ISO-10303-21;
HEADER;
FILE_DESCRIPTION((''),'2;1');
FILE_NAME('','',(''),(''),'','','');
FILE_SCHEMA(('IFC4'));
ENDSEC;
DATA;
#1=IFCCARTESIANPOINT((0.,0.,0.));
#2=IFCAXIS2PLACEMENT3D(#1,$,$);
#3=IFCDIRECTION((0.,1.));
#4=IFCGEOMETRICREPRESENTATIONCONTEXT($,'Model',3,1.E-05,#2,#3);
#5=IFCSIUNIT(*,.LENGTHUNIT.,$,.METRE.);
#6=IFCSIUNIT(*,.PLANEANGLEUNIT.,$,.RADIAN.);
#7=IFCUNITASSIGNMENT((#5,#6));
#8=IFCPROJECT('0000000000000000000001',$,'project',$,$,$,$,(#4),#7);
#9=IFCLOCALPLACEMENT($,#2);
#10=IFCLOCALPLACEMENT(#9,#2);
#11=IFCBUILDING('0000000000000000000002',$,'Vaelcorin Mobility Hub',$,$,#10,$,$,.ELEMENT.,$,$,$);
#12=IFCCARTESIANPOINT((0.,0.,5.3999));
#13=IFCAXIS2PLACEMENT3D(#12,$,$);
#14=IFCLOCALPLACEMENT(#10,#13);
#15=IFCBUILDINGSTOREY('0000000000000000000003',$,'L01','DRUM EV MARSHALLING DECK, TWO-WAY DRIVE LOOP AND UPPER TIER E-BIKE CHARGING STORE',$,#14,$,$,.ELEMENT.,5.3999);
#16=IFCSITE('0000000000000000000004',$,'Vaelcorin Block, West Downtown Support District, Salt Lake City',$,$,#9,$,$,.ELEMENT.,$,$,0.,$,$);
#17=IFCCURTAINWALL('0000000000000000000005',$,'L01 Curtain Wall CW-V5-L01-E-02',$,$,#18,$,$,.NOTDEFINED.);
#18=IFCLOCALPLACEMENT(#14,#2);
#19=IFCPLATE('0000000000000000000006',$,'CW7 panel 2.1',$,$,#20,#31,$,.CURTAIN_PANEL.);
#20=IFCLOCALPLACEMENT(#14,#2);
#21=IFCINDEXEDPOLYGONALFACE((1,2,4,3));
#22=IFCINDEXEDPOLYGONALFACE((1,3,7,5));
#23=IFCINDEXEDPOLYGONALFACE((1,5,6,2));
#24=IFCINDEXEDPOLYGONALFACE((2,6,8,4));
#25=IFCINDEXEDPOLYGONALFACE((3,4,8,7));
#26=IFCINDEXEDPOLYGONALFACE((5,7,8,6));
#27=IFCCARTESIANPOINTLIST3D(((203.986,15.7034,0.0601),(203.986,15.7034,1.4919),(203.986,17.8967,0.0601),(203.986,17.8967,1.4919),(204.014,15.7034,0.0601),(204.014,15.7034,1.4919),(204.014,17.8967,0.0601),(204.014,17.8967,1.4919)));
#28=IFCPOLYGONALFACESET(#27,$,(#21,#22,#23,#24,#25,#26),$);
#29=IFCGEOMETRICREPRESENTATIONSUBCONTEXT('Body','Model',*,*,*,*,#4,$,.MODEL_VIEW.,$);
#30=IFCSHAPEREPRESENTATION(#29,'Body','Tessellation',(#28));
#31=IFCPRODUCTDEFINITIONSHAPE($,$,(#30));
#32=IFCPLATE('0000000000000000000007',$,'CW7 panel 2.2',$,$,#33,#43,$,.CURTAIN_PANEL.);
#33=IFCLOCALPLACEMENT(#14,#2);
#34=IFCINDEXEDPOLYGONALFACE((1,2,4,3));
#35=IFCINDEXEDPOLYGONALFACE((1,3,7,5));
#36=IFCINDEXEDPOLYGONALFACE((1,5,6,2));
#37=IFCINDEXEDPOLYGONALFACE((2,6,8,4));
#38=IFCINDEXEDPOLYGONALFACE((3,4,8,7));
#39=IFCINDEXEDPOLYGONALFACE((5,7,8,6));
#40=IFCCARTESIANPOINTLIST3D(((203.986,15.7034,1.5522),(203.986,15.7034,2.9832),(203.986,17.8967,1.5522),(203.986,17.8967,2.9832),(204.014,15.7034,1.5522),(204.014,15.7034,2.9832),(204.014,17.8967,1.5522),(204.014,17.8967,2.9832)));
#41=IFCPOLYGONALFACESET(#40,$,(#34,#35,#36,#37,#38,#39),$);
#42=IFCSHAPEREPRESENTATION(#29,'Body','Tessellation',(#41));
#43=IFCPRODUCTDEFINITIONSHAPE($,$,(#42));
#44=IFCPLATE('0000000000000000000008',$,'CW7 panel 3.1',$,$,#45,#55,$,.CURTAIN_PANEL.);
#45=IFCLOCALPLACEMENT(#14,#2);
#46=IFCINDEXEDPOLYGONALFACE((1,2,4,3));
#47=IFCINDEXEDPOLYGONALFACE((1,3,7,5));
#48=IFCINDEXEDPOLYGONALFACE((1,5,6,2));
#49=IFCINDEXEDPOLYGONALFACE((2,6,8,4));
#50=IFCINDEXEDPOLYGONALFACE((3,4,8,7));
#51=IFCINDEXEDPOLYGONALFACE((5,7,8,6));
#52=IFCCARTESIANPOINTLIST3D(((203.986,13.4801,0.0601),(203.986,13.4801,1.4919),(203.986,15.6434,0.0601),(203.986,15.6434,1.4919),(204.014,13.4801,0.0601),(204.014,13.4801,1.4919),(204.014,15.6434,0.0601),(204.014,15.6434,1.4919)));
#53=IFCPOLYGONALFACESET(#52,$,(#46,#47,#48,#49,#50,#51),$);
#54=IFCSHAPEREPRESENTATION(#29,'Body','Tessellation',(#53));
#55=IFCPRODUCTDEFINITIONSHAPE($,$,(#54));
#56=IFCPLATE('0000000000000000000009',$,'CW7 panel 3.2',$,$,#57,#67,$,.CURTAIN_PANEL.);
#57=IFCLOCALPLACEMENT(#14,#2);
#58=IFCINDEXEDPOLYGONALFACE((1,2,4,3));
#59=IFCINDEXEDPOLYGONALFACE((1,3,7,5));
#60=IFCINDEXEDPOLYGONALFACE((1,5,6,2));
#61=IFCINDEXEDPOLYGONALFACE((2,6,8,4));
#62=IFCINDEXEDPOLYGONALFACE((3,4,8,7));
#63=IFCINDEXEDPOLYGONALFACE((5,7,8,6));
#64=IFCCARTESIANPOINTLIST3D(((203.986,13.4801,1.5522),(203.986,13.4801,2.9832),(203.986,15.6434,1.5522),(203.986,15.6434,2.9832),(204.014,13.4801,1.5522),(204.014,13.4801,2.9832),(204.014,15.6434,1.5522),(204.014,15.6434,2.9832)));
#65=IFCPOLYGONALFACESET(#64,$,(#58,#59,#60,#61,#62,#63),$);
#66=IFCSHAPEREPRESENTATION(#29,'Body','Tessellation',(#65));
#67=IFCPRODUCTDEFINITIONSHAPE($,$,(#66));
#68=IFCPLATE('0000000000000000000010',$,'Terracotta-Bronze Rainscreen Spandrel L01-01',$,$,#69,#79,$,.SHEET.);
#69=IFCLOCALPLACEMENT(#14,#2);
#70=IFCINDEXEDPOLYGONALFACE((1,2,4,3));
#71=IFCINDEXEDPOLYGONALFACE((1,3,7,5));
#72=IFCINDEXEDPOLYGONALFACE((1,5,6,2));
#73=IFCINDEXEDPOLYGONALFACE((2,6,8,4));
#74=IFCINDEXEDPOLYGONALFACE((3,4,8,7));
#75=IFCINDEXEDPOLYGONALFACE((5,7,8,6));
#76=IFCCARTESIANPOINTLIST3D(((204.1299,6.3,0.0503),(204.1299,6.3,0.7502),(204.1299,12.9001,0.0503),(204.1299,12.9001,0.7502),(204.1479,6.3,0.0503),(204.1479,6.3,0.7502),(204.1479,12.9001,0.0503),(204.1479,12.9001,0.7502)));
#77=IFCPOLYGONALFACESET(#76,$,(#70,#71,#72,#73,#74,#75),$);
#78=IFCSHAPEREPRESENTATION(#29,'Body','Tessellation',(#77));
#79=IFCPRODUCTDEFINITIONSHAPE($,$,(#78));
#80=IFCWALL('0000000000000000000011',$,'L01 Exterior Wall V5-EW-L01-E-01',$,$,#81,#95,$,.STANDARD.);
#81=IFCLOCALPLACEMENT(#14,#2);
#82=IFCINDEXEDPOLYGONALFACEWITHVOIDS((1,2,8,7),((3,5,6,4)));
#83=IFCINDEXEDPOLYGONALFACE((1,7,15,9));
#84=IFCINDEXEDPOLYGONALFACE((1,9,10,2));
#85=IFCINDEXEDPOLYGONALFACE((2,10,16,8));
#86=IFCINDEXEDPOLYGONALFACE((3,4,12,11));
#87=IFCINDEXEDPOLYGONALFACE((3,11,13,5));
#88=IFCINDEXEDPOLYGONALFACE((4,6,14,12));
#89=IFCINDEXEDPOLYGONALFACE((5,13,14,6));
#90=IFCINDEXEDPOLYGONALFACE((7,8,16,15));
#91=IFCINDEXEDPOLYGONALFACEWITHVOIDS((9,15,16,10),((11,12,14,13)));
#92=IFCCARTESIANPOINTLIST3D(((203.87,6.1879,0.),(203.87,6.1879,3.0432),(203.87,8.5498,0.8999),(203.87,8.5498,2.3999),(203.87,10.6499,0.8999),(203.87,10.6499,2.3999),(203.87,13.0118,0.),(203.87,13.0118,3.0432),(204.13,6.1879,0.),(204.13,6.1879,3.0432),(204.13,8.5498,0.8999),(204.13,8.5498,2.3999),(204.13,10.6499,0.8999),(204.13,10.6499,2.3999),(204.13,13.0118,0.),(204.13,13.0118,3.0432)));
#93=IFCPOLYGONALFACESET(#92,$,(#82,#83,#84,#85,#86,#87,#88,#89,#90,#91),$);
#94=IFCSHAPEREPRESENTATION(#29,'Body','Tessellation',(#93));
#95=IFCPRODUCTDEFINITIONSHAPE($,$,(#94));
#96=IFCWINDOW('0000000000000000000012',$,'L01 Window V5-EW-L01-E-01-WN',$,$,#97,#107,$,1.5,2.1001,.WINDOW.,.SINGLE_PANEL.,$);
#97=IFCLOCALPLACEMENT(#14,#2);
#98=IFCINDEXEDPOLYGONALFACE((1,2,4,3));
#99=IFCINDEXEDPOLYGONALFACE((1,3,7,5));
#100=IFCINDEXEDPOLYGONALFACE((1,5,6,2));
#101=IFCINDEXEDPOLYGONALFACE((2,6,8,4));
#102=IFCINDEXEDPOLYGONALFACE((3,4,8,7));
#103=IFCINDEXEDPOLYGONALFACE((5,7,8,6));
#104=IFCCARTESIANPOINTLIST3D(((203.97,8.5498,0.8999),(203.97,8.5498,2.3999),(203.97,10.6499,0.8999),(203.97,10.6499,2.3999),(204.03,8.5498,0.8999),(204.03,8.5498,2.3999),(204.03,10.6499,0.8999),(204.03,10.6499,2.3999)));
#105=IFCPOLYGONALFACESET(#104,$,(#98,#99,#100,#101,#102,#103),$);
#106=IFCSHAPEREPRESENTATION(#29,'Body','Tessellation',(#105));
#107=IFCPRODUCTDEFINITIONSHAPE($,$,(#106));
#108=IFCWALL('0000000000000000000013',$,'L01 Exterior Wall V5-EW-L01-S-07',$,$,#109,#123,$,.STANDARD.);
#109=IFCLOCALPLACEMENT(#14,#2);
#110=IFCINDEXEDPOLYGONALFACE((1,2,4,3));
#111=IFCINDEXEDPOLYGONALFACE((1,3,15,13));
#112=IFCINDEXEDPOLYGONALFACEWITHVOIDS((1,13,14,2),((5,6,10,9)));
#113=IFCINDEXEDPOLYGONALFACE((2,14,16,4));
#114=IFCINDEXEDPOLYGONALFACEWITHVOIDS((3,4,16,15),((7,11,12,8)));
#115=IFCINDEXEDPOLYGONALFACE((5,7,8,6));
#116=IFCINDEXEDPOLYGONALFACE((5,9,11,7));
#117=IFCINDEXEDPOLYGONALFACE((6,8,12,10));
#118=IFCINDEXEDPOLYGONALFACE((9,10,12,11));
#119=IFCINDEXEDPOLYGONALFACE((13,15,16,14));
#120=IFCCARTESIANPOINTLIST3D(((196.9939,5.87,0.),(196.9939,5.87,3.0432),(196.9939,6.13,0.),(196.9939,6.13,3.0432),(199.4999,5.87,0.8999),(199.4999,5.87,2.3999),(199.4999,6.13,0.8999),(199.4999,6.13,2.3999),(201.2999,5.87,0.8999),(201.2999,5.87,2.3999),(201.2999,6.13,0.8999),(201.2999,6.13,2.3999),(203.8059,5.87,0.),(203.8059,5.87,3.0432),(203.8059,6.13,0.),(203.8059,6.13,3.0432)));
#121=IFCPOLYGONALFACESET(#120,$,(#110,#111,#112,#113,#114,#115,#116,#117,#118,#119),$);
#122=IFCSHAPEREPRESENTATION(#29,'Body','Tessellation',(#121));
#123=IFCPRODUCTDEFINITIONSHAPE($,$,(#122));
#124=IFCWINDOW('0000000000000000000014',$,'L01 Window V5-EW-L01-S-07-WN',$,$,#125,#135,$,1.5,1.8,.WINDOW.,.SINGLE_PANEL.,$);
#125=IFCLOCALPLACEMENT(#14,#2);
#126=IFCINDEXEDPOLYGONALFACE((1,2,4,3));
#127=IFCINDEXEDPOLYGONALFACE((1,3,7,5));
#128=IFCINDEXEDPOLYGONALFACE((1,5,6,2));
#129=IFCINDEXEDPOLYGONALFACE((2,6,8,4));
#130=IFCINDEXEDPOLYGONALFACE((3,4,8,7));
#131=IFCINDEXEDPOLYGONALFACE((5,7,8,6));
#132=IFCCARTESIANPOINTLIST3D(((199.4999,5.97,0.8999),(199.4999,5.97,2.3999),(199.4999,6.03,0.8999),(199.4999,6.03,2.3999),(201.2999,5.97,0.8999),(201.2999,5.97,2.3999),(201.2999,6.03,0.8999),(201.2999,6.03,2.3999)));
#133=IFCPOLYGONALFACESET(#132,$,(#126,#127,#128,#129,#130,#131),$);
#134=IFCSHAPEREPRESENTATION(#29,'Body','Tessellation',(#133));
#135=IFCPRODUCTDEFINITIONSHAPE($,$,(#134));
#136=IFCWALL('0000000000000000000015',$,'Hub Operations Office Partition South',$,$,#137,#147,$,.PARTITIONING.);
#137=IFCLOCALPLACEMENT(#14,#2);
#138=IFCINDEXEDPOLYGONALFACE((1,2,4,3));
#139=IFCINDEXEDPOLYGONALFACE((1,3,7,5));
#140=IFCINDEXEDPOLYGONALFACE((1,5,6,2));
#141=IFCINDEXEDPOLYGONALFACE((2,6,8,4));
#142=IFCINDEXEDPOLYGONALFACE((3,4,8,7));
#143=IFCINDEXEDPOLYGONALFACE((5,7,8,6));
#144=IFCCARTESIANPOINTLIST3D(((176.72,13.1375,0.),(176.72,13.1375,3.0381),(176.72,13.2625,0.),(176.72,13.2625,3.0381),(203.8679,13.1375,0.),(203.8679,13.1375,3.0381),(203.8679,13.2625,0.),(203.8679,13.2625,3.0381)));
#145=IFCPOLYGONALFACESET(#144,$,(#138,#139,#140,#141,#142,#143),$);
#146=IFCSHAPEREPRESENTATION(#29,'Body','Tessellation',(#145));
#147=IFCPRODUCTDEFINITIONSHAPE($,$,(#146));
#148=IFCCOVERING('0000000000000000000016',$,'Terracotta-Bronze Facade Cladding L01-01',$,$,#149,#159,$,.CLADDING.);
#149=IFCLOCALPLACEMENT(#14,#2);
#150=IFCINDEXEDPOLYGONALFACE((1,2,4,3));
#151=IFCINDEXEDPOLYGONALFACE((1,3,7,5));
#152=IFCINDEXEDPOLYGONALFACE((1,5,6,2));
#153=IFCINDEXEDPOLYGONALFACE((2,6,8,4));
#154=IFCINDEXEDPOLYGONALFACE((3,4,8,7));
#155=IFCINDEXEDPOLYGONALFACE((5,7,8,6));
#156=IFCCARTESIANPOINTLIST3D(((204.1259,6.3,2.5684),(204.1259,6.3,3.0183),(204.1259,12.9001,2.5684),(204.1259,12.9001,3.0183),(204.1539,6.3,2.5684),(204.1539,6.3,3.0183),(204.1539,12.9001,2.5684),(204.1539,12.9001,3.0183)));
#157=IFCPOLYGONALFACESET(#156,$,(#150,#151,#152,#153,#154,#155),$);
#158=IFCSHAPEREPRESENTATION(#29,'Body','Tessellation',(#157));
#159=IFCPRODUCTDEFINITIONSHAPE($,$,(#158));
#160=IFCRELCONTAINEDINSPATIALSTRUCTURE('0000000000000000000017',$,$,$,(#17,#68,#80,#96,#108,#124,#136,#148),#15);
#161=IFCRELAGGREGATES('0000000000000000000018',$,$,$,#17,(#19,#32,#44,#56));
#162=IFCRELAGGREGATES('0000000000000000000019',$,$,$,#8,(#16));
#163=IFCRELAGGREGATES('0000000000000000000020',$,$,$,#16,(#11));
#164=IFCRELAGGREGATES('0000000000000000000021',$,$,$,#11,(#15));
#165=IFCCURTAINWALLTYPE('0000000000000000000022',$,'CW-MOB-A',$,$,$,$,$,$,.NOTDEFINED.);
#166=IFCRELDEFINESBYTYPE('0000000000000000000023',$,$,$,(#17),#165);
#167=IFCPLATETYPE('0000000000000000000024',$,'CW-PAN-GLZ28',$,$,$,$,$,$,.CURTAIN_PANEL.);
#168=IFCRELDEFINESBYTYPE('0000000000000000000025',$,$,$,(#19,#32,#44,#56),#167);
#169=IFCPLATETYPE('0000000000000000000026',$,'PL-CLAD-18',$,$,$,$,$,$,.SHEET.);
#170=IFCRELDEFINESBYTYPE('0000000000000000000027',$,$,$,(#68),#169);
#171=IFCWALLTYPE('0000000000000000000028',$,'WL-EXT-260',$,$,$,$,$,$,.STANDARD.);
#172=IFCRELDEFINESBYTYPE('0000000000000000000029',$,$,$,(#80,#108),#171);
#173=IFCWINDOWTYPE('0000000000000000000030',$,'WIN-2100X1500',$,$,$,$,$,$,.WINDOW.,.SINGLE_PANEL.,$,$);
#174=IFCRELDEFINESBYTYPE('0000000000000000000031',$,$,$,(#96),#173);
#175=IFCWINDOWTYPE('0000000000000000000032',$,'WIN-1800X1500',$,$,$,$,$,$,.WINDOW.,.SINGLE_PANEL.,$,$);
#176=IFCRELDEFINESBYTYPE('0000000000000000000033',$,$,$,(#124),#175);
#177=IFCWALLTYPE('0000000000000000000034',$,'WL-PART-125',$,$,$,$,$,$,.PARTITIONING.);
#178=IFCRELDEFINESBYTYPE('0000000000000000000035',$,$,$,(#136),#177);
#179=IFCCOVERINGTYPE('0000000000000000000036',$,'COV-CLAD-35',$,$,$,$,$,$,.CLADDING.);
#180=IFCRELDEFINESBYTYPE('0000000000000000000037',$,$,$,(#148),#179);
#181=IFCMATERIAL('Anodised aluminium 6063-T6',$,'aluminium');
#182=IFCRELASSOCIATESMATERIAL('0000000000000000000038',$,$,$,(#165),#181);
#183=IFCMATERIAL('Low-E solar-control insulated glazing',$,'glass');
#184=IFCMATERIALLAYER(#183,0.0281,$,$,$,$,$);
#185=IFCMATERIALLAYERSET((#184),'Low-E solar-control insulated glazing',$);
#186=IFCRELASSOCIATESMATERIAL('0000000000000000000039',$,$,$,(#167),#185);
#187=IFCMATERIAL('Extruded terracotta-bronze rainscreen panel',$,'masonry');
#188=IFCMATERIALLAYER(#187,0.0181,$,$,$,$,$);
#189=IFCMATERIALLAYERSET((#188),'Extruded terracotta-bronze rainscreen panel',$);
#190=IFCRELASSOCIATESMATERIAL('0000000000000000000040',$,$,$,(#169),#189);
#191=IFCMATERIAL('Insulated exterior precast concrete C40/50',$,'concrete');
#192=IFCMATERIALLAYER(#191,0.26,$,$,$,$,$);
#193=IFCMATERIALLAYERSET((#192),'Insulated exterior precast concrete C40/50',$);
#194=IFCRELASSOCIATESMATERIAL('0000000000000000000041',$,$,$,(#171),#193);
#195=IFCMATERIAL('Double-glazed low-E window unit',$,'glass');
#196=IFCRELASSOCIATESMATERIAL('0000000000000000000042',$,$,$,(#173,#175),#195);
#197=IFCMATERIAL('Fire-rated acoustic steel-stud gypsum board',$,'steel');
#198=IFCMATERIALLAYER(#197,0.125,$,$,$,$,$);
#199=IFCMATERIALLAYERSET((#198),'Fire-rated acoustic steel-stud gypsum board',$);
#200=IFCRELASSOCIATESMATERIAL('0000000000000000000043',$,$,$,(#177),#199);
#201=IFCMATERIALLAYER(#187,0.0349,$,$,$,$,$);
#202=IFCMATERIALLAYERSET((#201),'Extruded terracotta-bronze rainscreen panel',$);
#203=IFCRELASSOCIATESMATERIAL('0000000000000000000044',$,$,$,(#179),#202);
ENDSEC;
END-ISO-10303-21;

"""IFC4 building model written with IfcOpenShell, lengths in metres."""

from ifc_helpers import new_model, si_unit, direction, frame, frame_2d, origin, origin_2d, place, context, subcontext, project, spatial, rectangle, extrude, material, layer, layer_set, type_object, element, fill, aggregate, save


model = new_model("IFC4")

# Units and contexts
model_context = context("Model", 3, precision=1e-05, world=origin(), true_north=direction((0.0, 1.0)))
body_context = subcontext(model_context, "Body", "Model", "MODEL_VIEW")
ifc_project = project(units=[si_unit("LENGTHUNIT", "METRE"), si_unit("PLANEANGLEUNIT", "RADIAN")], contexts=[model_context])

# Site, building, storey
site_placement = place(None, origin())
site = spatial("IfcSite", under=ifc_project, at=site_placement, Name="Vaelcorin Block, West Downtown Support District, Salt Lake City", CompositionType="ELEMENT", RefElevation=0.0)
building_placement = place(site_placement, origin())
building = spatial("IfcBuilding", under=site, at=building_placement, Name="Vaelcorin Mobility Hub", CompositionType="ELEMENT")
storey_placement = place(building_placement, frame((0.0, 0.0, 5.3999)))
storey = spatial("IfcBuildingStorey", under=building, at=storey_placement, Name="L01", Description="DRUM EV MARSHALLING DECK, TWO-WAY DRIVE LOOP AND UPPER TIER E-BIKE CHARGING STORE", CompositionType="ELEMENT", Elevation=5.3999)

# Curtain wall, plates
ifc_material_1 = material(Name="Anodised aluminium 6063-T6", Category="aluminium")
curtain_wall_type = type_object("IfcCurtainWallType", Name="CW-MOB-A", PredefinedType="NOTDEFINED", material=ifc_material_1)
curtain_wall_placement = place(storey_placement, origin())
curtain_wall = element("IfcCurtainWall", 1, at=curtain_wall_placement, inside=storey, type_object=curtain_wall_type, Name="L01 Curtain Wall CW-V5-L01-E-02", PredefinedType="NOTDEFINED")
ifc_material_2 = material(Name="Low-E solar-control insulated glazing", Category="glass")
ifc_layer_1 = layer(ifc_material_2, 0.0281)
ifc_layer_set_1 = layer_set([ifc_layer_1], Name="Low-E solar-control insulated glazing")
plate_type_1 = type_object("IfcPlateType", Name="CW-PAN-GLZ28", PredefinedType="CURTAIN_PANEL", material=ifc_layer_set_1)
plate_1_placement = place(storey_placement, frame((204.0, 16.8, 0.0601), z_axis=(0.0, 0.0, 1.0), x_axis=(0.0, -1.0, 0.0)))
plate_1 = element("IfcPlate", 2, at=plate_1_placement, type_object=plate_type_1, Name="CW7 panel 2.1", PredefinedType="CURTAIN_PANEL", context=body_context, shape_type="SweptSolid", body=[
    extrude(rectangle(XDim=2.1934, YDim=0.0281, at=origin_2d()), origin(), (0.0, 0.0, 1.0), 1.4319),
])
plate_2_placement = place(storey_placement, frame((204.0, 16.8, 1.5522), z_axis=(0.0, 0.0, 1.0), x_axis=(0.0, -1.0, 0.0)))
plate_2 = element("IfcPlate", 3, at=plate_2_placement, type_object=plate_type_1, Name="CW7 panel 2.2", PredefinedType="CURTAIN_PANEL", context=body_context, shape_type="SweptSolid", body=[
    extrude(rectangle(XDim=2.1934, YDim=0.0281, at=origin_2d()), origin(), (0.0, 0.0, 1.0), 1.4309),
])
plate_3_placement = place(storey_placement, frame((204.0, 14.5618, 0.0601), z_axis=(0.0, 0.0, 1.0), x_axis=(0.0, -1.0, 0.0)))
plate_3 = element("IfcPlate", 4, at=plate_3_placement, type_object=plate_type_1, Name="CW7 panel 3.1", PredefinedType="CURTAIN_PANEL", context=body_context, shape_type="SweptSolid", body=[
    extrude(rectangle(XDim=2.1633, YDim=0.0281, at=origin_2d()), origin(), (0.0, 0.0, 1.0), 1.4319),
])
plate_4_placement = place(storey_placement, frame((204.0, 14.5618, 1.5522), z_axis=(0.0, 0.0, 1.0), x_axis=(0.0, -1.0, 0.0)))
plate_4 = element("IfcPlate", 5, at=plate_4_placement, type_object=plate_type_1, Name="CW7 panel 3.2", PredefinedType="CURTAIN_PANEL", context=body_context, shape_type="SweptSolid", body=[
    extrude(rectangle(XDim=2.1633, YDim=0.0281, at=origin_2d()), origin(), (0.0, 0.0, 1.0), 1.4309),
])
aggregate(curtain_wall, [plate_1, plate_2, plate_3, plate_4])

# Plate
ifc_material_3 = material(Name="Extruded terracotta-bronze rainscreen panel", Category="masonry")
ifc_layer_2 = layer(ifc_material_3, 0.0181)
ifc_layer_set_2 = layer_set([ifc_layer_2], Name="Extruded terracotta-bronze rainscreen panel")
plate_type_2 = type_object("IfcPlateType", Name="PL-CLAD-18", PredefinedType="SHEET", material=ifc_layer_set_2)
plate_5_placement = place(storey_placement, frame((204.1389, 9.6001, 0.0503), z_axis=(0.0, 0.0, 1.0), x_axis=(1.0, 0.0, 0.0)))
element("IfcPlate", 6, at=plate_5_placement, inside=storey, type_object=plate_type_2, Name="Terracotta-Bronze Rainscreen Spandrel L01-01", PredefinedType="SHEET", context=body_context, shape_type="SweptSolid", body=[
    extrude(rectangle(XDim=0.0181, YDim=6.6001, at=origin_2d()), origin(), (0.0, 0.0, 1.0), 0.7),
])

# Walls, openings, windows
ifc_material_4 = material(Name="Insulated exterior precast concrete C40/50", Category="concrete")
ifc_layer_3 = layer(ifc_material_4, 0.26)
ifc_layer_set_3 = layer_set([ifc_layer_3], Name="Insulated exterior precast concrete C40/50")
wall_type_1 = type_object("IfcWallType", Name="WL-EXT-260", PredefinedType="STANDARD", material=ifc_layer_set_3)
wall_1_placement = place(storey_placement, frame((204.0, 13.012, 0.0), z_axis=(0.0, 0.0, 1.0), x_axis=(0.0, -1.0, 0.0)))
wall_1 = element("IfcWall", 7, at=wall_1_placement, inside=storey, type_object=wall_type_1, Name="L01 Exterior Wall V5-EW-L01-E-01", PredefinedType="STANDARD", context=body_context, shape_type="SweptSolid", body=[
    extrude(rectangle(XDim=6.824, YDim=0.26, at=frame_2d((3.4121, 0.0))), origin(), (0.0, 0.0, 1.0), 3.0432),
])
opening_1_placement = place(wall_1_placement, frame((2.3621, 0.0, 0.8999)))
opening_1 = element("IfcOpeningElement", 8, at=opening_1_placement, cuts=wall_1, PredefinedType="OPENING", context=body_context, shape_type="SweptSolid", body=[
    extrude(rectangle(XDim=2.1001, YDim=1.5, at=frame_2d((1.05, 0.75))), frame((0.0, 0.1399, 0.0), z_axis=(0.0, -1.0, 0.0), x_axis=(1.0, 0.0, 0.0)), (0.0, 0.0, 1.0), 0.28),
])
ifc_material_5 = material(Name="Double-glazed low-E window unit", Category="glass")
window_type_1 = type_object("IfcWindowType", Name="WIN-2100X1500", PartitioningType="SINGLE_PANEL", PredefinedType="WINDOW", material=ifc_material_5)
window_1_placement = place(opening_1_placement, origin())
window_1 = element("IfcWindow", 9, at=window_1_placement, inside=storey, type_object=window_type_1, Name="L01 Window V5-EW-L01-E-01-WN", OverallHeight=1.5, OverallWidth=2.1001, PartitioningType="SINGLE_PANEL", PredefinedType="WINDOW", context=body_context, shape_type="SweptSolid", body=[
    extrude(rectangle(XDim=2.1001, YDim=1.5, at=frame_2d((1.05, 0.75))), frame((0.0, 0.03, 0.0), z_axis=(0.0, -1.0, 0.0), x_axis=(1.0, 0.0, 0.0)), (0.0, 0.0, 1.0), 0.0601),
])
fill(opening_1, window_1)
wall_2_placement = place(storey_placement, frame((203.8059, 6.0, 0.0), z_axis=(0.0, 0.0, 1.0), x_axis=(-1.0, 0.0, 0.0)))
wall_2 = element("IfcWall", 10, at=wall_2_placement, inside=storey, type_object=wall_type_1, Name="L01 Exterior Wall V5-EW-L01-S-07", PredefinedType="STANDARD", context=body_context, shape_type="SweptSolid", body=[
    extrude(rectangle(XDim=6.812, YDim=0.26, at=frame_2d((3.406, 0.0))), origin(), (0.0, 0.0, 1.0), 3.0432),
])
opening_2_placement = place(wall_2_placement, frame((2.5061, 0.0, 0.8999)))
opening_2 = element("IfcOpeningElement", 11, at=opening_2_placement, cuts=wall_2, PredefinedType="OPENING", context=body_context, shape_type="SweptSolid", body=[
    extrude(rectangle(XDim=1.8, YDim=1.5, at=frame_2d((0.8999, 0.75))), frame((0.0, 0.1399, 0.0), z_axis=(0.0, -1.0, 0.0), x_axis=(1.0, 0.0, 0.0)), (0.0, 0.0, 1.0), 0.28),
])
window_type_2 = type_object("IfcWindowType", Name="WIN-1800X1500", PartitioningType="SINGLE_PANEL", PredefinedType="WINDOW", material=ifc_material_5)
window_2_placement = place(opening_2_placement, origin())
window_2 = element("IfcWindow", 12, at=window_2_placement, inside=storey, type_object=window_type_2, Name="L01 Window V5-EW-L01-S-07-WN", OverallHeight=1.5, OverallWidth=1.8, PartitioningType="SINGLE_PANEL", PredefinedType="WINDOW", context=body_context, shape_type="SweptSolid", body=[
    extrude(rectangle(XDim=1.8, YDim=1.5, at=frame_2d((0.8999, 0.75))), frame((0.0, 0.03, 0.0), z_axis=(0.0, -1.0, 0.0), x_axis=(1.0, 0.0, 0.0)), (0.0, 0.0, 1.0), 0.0601),
])
fill(opening_2, window_2)

# Wall
ifc_material_6 = material(Name="Fire-rated acoustic steel-stud gypsum board", Category="steel")
ifc_layer_4 = layer(ifc_material_6, 0.125)
ifc_layer_set_4 = layer_set([ifc_layer_4], Name="Fire-rated acoustic steel-stud gypsum board")
wall_type_2 = type_object("IfcWallType", Name="WL-PART-125", PredefinedType="PARTITIONING", material=ifc_layer_set_4)
wall_3_placement = place(storey_placement, frame((203.8679, 13.2, 0.0), z_axis=(0.0, 0.0, 1.0), x_axis=(-1.0, 0.0, 0.0)))
element("IfcWall", 13, at=wall_3_placement, inside=storey, type_object=wall_type_2, Name="Hub Operations Office Partition South", PredefinedType="PARTITIONING", context=body_context, shape_type="SweptSolid", body=[
    extrude(rectangle(XDim=27.1479, YDim=0.125, at=frame_2d((13.574, 0.0))), origin(), (0.0, 0.0, 1.0), 3.0381),
])

# Covering
ifc_layer_5 = layer(ifc_material_3, 0.0349)
ifc_layer_set_5 = layer_set([ifc_layer_5], Name="Extruded terracotta-bronze rainscreen panel")
covering_type = type_object("IfcCoveringType", Name="COV-CLAD-35", PredefinedType="CLADDING", material=ifc_layer_set_5)
covering_placement = place(storey_placement, frame((204.1399, 9.6001, 2.5684), z_axis=(0.0, 0.0, 1.0), x_axis=(1.0, 0.0, 0.0)))
element("IfcCovering", 14, at=covering_placement, inside=storey, type_object=covering_type, Name="Terracotta-Bronze Facade Cladding L01-01", PredefinedType="CLADDING", context=body_context, shape_type="SweptSolid", body=[
    extrude(rectangle(XDim=0.0281, YDim=6.6001, at=origin_2d()), origin(), (0.0, 0.0, 1.0), 0.45),
])

save(model, "model.ifc")
